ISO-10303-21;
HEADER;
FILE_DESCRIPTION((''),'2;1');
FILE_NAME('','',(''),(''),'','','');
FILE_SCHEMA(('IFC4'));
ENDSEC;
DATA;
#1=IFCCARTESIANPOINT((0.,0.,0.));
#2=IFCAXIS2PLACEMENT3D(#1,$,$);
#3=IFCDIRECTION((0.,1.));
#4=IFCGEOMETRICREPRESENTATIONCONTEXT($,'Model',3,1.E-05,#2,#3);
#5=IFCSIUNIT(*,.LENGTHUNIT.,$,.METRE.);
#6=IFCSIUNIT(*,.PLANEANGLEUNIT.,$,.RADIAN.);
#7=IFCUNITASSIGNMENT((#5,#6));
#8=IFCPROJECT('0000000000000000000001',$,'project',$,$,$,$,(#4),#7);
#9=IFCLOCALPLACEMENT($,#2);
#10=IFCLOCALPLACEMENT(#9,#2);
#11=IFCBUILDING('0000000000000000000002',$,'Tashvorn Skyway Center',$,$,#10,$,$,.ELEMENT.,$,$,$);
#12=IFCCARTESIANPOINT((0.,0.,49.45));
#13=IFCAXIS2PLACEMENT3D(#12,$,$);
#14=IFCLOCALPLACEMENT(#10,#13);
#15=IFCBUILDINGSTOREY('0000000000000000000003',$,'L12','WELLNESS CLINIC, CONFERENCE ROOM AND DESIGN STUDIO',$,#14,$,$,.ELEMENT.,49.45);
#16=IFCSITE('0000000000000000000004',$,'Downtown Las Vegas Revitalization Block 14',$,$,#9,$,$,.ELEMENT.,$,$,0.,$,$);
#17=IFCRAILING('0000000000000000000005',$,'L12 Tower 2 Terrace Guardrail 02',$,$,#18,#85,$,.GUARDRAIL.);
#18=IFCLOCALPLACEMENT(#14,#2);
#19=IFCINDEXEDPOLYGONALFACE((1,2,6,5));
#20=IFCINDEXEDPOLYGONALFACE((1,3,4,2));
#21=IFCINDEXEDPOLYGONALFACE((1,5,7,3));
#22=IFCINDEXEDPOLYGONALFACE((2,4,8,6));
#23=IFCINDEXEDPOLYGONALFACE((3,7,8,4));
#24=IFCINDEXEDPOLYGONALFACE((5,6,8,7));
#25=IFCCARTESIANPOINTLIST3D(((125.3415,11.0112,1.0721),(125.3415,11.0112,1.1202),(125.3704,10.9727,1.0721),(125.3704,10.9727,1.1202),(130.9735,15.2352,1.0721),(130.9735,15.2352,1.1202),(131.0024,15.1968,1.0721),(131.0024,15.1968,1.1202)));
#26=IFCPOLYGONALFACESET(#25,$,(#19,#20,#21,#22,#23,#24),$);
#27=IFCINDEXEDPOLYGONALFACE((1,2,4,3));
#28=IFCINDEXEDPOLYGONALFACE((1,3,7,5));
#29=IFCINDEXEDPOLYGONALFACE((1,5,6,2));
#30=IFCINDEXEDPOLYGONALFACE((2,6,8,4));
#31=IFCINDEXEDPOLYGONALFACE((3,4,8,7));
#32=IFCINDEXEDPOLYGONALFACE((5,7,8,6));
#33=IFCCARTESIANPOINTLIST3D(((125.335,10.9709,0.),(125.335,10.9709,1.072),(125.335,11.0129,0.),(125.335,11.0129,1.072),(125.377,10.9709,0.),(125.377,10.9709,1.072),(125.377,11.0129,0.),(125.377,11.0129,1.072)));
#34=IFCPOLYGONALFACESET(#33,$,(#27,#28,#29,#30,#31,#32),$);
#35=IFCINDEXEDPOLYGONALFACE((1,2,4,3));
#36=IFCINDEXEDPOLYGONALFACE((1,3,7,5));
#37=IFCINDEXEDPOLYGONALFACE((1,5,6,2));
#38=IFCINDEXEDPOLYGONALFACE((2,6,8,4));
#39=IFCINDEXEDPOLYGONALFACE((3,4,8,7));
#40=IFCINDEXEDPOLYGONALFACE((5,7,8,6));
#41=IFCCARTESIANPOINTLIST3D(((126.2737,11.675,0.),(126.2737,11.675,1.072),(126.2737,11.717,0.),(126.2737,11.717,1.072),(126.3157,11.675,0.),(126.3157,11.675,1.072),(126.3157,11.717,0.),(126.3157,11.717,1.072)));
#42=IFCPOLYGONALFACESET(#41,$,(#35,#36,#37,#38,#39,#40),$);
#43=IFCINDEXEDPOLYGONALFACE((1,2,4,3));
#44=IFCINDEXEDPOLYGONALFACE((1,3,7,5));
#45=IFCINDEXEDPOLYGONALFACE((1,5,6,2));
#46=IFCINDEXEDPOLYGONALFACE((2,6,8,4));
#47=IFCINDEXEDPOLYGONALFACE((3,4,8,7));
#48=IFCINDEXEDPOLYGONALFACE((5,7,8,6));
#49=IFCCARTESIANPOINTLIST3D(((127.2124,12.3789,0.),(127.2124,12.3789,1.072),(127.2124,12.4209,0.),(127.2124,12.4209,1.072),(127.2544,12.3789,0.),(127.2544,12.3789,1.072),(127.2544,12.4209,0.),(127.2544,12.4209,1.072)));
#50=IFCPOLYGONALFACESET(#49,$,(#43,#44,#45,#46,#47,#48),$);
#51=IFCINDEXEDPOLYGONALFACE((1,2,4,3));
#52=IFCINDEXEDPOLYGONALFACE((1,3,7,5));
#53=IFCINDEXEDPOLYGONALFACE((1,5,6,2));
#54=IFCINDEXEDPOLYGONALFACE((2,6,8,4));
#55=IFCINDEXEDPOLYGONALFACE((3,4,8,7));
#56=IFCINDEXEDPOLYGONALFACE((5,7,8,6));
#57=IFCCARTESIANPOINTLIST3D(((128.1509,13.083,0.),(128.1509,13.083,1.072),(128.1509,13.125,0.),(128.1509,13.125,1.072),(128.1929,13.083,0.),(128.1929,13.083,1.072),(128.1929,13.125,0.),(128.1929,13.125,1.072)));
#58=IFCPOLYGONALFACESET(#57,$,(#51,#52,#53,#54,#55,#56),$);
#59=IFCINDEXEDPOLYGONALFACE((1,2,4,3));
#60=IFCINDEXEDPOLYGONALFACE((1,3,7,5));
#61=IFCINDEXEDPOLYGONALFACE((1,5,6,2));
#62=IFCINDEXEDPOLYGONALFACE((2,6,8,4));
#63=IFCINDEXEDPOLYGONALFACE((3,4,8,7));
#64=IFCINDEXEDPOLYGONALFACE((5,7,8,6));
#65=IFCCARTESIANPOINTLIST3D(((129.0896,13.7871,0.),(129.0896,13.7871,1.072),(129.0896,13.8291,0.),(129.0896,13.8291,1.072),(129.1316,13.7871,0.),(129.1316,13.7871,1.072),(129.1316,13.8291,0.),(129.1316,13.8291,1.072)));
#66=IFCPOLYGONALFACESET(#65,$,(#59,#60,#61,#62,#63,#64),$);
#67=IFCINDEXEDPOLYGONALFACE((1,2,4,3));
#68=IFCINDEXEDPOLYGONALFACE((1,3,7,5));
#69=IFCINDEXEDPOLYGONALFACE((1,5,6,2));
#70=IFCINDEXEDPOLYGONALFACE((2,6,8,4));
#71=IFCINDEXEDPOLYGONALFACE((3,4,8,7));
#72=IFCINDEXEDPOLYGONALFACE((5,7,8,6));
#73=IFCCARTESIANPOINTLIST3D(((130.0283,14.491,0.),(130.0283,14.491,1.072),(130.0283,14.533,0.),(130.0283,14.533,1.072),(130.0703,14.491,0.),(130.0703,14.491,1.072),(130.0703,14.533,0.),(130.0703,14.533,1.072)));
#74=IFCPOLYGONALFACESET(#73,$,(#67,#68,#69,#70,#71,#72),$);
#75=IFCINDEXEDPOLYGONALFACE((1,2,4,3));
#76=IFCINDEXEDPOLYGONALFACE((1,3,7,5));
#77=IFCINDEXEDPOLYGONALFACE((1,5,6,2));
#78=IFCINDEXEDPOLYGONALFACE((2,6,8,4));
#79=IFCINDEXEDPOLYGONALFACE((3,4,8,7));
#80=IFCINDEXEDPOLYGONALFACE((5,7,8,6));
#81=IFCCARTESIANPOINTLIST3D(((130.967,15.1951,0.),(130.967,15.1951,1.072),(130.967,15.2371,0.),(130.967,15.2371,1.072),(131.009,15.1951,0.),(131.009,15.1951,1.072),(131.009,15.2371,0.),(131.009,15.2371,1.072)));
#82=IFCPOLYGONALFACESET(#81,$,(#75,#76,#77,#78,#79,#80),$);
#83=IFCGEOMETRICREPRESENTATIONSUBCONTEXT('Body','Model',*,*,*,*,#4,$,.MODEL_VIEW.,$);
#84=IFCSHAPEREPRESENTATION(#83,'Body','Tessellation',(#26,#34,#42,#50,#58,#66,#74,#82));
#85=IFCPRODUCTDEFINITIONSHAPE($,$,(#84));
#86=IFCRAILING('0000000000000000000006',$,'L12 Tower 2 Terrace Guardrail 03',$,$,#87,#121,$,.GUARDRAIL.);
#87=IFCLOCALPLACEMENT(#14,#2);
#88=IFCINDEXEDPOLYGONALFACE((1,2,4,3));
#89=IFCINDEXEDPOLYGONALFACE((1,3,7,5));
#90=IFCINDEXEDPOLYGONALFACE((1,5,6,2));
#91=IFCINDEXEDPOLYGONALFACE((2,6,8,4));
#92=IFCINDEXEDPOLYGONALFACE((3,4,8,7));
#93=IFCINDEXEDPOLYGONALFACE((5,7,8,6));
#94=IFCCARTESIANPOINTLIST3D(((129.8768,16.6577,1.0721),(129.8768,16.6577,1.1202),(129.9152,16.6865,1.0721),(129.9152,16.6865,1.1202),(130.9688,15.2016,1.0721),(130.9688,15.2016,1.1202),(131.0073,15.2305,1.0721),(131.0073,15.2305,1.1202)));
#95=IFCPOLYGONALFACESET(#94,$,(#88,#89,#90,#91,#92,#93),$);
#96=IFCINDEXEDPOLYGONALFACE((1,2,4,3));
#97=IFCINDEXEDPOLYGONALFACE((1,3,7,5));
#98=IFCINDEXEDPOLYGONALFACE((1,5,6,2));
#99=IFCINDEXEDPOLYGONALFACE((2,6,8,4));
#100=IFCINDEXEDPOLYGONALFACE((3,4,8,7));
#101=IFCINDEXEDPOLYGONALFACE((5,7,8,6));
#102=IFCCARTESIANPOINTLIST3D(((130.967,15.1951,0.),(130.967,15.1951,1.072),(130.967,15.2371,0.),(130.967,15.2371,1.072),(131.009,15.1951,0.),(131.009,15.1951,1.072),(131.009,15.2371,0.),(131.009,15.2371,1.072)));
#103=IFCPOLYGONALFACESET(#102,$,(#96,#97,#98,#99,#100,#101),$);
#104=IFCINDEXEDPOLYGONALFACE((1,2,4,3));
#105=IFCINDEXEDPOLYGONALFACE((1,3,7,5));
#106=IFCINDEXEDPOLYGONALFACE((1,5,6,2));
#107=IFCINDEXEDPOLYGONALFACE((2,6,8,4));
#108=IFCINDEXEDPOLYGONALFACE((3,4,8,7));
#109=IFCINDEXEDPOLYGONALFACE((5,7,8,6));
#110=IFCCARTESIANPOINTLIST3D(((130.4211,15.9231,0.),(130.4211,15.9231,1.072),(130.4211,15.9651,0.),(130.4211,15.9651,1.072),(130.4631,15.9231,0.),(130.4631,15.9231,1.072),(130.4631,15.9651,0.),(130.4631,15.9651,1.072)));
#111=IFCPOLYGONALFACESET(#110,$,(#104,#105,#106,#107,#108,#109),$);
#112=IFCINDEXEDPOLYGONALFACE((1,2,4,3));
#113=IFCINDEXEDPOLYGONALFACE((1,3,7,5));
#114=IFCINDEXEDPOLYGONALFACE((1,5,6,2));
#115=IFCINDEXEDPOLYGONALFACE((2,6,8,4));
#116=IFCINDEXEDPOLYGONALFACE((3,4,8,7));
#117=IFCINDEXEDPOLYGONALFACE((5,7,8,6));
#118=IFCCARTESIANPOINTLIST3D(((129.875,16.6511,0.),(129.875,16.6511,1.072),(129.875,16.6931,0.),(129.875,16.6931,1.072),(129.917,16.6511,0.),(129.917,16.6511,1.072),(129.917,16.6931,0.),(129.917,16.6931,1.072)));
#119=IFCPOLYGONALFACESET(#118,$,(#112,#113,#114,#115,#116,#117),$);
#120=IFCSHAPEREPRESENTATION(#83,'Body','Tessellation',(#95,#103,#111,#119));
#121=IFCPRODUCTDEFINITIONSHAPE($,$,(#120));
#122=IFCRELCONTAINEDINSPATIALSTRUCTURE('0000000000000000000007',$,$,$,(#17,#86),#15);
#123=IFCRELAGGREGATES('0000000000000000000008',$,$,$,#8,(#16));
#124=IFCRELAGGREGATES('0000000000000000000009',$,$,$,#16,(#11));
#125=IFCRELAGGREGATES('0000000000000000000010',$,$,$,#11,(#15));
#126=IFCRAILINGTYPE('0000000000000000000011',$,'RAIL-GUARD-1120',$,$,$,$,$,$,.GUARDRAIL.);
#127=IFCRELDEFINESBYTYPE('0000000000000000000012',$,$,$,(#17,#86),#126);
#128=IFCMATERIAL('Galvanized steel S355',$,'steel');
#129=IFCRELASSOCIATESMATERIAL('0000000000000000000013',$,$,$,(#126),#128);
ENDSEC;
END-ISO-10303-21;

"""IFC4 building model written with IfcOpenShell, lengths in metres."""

from ifc_helpers import new_model, si_unit, direction, frame, origin, origin_2d, place, context, subcontext, project, spatial, rectangle, extrude, material, type_object, element, save


model = new_model("IFC4")

# Units and contexts
model_context = context("Model", 3, precision=1e-05, world=origin(), true_north=direction((0.0, 1.0)))
body_context = subcontext(model_context, "Body", "Model", "MODEL_VIEW")
ifc_project = project(units=[si_unit("LENGTHUNIT", "METRE"), si_unit("PLANEANGLEUNIT", "RADIAN")], contexts=[model_context])

# Site, building, storey
site_placement = place(None, origin())
site = spatial("IfcSite", under=ifc_project, at=site_placement, Name="Downtown Las Vegas Revitalization Block 14", CompositionType="ELEMENT", RefElevation=0.0)
building_placement = place(site_placement, origin())
building = spatial("IfcBuilding", under=site, at=building_placement, Name="Tashvorn Skyway Center", CompositionType="ELEMENT")
storey_placement = place(building_placement, frame((0.0, 0.0, 49.45)))
storey = spatial("IfcBuildingStorey", under=building, at=storey_placement, Name="L12", Description="WELLNESS CLINIC, CONFERENCE ROOM AND DESIGN STUDIO", CompositionType="ELEMENT", Elevation=49.45)

# Railings
ifc_material_1 = material(Name="Galvanized steel S355", Category="steel")
railing_type = type_object("IfcRailingType", Name="RAIL-GUARD-1120", PredefinedType="GUARDRAIL", material=ifc_material_1)
railing_1_placement = place(storey_placement, frame((125.356, 10.9919, 0.0)))
element("IfcRailing", 1, at=railing_1_placement, inside=storey, type_object=railing_type, Name="L12 Tower 2 Terrace Guardrail 02", PredefinedType="GUARDRAIL", context=body_context, shape_type="SweptSolid", body=[
    extrude(rectangle(XDim=0.0481, YDim=0.0481, at=origin_2d()), frame((0.0, 0.0, 1.0962), z_axis=(0.799996, 0.600006, 0.0), x_axis=(-0.600006, 0.799996, 0.0)), (0.0, 0.0, 1.0), 7.04),
    extrude(rectangle(XDim=0.042, YDim=0.042, at=origin_2d()), origin(), (0.0, 0.0, 1.0), 1.072),
    extrude(rectangle(XDim=0.042, YDim=0.042, at=origin_2d()), frame((0.9387, 0.7041, 0.0)), (0.0, 0.0, 1.0), 1.072),
    extrude(rectangle(XDim=0.042, YDim=0.042, at=origin_2d()), frame((1.8774, 1.408, 0.0)), (0.0, 0.0, 1.0), 1.072),
    extrude(rectangle(XDim=0.042, YDim=0.042, at=origin_2d()), frame((2.8159, 2.1121, 0.0)), (0.0, 0.0, 1.0), 1.072),
    extrude(rectangle(XDim=0.042, YDim=0.042, at=origin_2d()), frame((3.7546, 2.8162, 0.0)), (0.0, 0.0, 1.0), 1.072),
    extrude(rectangle(XDim=0.042, YDim=0.042, at=origin_2d()), frame((4.6934, 3.52, 0.0)), (0.0, 0.0, 1.0), 1.072),
    extrude(rectangle(XDim=0.042, YDim=0.042, at=origin_2d()), frame((5.6321, 4.2241, 0.0)), (0.0, 0.0, 1.0), 1.072),
])
railing_2_placement = place(storey_placement, frame((130.988, 15.2161, 0.0)))
element("IfcRailing", 2, at=railing_2_placement, inside=storey, type_object=railing_type, Name="L12 Tower 2 Terrace Guardrail 03", PredefinedType="GUARDRAIL", context=body_context, shape_type="SweptSolid", body=[
    extrude(rectangle(XDim=0.0481, YDim=0.0481, at=origin_2d()), frame((0.0, 0.0, 1.0962), z_axis=(-0.6, 0.8, 0.0), x_axis=(-0.8, -0.6, 0.0)), (0.0, 0.0, 1.0), 1.8201),
    extrude(rectangle(XDim=0.042, YDim=0.042, at=origin_2d()), origin(), (0.0, 0.0, 1.0), 1.072),
    extrude(rectangle(XDim=0.042, YDim=0.042, at=origin_2d()), frame((-0.5459, 0.728, 0.0)), (0.0, 0.0, 1.0), 1.072),
    extrude(rectangle(XDim=0.042, YDim=0.042, at=origin_2d()), frame((-1.092, 1.4561, 0.0)), (0.0, 0.0, 1.0), 1.072),
])

save(model, "model.ifc")
